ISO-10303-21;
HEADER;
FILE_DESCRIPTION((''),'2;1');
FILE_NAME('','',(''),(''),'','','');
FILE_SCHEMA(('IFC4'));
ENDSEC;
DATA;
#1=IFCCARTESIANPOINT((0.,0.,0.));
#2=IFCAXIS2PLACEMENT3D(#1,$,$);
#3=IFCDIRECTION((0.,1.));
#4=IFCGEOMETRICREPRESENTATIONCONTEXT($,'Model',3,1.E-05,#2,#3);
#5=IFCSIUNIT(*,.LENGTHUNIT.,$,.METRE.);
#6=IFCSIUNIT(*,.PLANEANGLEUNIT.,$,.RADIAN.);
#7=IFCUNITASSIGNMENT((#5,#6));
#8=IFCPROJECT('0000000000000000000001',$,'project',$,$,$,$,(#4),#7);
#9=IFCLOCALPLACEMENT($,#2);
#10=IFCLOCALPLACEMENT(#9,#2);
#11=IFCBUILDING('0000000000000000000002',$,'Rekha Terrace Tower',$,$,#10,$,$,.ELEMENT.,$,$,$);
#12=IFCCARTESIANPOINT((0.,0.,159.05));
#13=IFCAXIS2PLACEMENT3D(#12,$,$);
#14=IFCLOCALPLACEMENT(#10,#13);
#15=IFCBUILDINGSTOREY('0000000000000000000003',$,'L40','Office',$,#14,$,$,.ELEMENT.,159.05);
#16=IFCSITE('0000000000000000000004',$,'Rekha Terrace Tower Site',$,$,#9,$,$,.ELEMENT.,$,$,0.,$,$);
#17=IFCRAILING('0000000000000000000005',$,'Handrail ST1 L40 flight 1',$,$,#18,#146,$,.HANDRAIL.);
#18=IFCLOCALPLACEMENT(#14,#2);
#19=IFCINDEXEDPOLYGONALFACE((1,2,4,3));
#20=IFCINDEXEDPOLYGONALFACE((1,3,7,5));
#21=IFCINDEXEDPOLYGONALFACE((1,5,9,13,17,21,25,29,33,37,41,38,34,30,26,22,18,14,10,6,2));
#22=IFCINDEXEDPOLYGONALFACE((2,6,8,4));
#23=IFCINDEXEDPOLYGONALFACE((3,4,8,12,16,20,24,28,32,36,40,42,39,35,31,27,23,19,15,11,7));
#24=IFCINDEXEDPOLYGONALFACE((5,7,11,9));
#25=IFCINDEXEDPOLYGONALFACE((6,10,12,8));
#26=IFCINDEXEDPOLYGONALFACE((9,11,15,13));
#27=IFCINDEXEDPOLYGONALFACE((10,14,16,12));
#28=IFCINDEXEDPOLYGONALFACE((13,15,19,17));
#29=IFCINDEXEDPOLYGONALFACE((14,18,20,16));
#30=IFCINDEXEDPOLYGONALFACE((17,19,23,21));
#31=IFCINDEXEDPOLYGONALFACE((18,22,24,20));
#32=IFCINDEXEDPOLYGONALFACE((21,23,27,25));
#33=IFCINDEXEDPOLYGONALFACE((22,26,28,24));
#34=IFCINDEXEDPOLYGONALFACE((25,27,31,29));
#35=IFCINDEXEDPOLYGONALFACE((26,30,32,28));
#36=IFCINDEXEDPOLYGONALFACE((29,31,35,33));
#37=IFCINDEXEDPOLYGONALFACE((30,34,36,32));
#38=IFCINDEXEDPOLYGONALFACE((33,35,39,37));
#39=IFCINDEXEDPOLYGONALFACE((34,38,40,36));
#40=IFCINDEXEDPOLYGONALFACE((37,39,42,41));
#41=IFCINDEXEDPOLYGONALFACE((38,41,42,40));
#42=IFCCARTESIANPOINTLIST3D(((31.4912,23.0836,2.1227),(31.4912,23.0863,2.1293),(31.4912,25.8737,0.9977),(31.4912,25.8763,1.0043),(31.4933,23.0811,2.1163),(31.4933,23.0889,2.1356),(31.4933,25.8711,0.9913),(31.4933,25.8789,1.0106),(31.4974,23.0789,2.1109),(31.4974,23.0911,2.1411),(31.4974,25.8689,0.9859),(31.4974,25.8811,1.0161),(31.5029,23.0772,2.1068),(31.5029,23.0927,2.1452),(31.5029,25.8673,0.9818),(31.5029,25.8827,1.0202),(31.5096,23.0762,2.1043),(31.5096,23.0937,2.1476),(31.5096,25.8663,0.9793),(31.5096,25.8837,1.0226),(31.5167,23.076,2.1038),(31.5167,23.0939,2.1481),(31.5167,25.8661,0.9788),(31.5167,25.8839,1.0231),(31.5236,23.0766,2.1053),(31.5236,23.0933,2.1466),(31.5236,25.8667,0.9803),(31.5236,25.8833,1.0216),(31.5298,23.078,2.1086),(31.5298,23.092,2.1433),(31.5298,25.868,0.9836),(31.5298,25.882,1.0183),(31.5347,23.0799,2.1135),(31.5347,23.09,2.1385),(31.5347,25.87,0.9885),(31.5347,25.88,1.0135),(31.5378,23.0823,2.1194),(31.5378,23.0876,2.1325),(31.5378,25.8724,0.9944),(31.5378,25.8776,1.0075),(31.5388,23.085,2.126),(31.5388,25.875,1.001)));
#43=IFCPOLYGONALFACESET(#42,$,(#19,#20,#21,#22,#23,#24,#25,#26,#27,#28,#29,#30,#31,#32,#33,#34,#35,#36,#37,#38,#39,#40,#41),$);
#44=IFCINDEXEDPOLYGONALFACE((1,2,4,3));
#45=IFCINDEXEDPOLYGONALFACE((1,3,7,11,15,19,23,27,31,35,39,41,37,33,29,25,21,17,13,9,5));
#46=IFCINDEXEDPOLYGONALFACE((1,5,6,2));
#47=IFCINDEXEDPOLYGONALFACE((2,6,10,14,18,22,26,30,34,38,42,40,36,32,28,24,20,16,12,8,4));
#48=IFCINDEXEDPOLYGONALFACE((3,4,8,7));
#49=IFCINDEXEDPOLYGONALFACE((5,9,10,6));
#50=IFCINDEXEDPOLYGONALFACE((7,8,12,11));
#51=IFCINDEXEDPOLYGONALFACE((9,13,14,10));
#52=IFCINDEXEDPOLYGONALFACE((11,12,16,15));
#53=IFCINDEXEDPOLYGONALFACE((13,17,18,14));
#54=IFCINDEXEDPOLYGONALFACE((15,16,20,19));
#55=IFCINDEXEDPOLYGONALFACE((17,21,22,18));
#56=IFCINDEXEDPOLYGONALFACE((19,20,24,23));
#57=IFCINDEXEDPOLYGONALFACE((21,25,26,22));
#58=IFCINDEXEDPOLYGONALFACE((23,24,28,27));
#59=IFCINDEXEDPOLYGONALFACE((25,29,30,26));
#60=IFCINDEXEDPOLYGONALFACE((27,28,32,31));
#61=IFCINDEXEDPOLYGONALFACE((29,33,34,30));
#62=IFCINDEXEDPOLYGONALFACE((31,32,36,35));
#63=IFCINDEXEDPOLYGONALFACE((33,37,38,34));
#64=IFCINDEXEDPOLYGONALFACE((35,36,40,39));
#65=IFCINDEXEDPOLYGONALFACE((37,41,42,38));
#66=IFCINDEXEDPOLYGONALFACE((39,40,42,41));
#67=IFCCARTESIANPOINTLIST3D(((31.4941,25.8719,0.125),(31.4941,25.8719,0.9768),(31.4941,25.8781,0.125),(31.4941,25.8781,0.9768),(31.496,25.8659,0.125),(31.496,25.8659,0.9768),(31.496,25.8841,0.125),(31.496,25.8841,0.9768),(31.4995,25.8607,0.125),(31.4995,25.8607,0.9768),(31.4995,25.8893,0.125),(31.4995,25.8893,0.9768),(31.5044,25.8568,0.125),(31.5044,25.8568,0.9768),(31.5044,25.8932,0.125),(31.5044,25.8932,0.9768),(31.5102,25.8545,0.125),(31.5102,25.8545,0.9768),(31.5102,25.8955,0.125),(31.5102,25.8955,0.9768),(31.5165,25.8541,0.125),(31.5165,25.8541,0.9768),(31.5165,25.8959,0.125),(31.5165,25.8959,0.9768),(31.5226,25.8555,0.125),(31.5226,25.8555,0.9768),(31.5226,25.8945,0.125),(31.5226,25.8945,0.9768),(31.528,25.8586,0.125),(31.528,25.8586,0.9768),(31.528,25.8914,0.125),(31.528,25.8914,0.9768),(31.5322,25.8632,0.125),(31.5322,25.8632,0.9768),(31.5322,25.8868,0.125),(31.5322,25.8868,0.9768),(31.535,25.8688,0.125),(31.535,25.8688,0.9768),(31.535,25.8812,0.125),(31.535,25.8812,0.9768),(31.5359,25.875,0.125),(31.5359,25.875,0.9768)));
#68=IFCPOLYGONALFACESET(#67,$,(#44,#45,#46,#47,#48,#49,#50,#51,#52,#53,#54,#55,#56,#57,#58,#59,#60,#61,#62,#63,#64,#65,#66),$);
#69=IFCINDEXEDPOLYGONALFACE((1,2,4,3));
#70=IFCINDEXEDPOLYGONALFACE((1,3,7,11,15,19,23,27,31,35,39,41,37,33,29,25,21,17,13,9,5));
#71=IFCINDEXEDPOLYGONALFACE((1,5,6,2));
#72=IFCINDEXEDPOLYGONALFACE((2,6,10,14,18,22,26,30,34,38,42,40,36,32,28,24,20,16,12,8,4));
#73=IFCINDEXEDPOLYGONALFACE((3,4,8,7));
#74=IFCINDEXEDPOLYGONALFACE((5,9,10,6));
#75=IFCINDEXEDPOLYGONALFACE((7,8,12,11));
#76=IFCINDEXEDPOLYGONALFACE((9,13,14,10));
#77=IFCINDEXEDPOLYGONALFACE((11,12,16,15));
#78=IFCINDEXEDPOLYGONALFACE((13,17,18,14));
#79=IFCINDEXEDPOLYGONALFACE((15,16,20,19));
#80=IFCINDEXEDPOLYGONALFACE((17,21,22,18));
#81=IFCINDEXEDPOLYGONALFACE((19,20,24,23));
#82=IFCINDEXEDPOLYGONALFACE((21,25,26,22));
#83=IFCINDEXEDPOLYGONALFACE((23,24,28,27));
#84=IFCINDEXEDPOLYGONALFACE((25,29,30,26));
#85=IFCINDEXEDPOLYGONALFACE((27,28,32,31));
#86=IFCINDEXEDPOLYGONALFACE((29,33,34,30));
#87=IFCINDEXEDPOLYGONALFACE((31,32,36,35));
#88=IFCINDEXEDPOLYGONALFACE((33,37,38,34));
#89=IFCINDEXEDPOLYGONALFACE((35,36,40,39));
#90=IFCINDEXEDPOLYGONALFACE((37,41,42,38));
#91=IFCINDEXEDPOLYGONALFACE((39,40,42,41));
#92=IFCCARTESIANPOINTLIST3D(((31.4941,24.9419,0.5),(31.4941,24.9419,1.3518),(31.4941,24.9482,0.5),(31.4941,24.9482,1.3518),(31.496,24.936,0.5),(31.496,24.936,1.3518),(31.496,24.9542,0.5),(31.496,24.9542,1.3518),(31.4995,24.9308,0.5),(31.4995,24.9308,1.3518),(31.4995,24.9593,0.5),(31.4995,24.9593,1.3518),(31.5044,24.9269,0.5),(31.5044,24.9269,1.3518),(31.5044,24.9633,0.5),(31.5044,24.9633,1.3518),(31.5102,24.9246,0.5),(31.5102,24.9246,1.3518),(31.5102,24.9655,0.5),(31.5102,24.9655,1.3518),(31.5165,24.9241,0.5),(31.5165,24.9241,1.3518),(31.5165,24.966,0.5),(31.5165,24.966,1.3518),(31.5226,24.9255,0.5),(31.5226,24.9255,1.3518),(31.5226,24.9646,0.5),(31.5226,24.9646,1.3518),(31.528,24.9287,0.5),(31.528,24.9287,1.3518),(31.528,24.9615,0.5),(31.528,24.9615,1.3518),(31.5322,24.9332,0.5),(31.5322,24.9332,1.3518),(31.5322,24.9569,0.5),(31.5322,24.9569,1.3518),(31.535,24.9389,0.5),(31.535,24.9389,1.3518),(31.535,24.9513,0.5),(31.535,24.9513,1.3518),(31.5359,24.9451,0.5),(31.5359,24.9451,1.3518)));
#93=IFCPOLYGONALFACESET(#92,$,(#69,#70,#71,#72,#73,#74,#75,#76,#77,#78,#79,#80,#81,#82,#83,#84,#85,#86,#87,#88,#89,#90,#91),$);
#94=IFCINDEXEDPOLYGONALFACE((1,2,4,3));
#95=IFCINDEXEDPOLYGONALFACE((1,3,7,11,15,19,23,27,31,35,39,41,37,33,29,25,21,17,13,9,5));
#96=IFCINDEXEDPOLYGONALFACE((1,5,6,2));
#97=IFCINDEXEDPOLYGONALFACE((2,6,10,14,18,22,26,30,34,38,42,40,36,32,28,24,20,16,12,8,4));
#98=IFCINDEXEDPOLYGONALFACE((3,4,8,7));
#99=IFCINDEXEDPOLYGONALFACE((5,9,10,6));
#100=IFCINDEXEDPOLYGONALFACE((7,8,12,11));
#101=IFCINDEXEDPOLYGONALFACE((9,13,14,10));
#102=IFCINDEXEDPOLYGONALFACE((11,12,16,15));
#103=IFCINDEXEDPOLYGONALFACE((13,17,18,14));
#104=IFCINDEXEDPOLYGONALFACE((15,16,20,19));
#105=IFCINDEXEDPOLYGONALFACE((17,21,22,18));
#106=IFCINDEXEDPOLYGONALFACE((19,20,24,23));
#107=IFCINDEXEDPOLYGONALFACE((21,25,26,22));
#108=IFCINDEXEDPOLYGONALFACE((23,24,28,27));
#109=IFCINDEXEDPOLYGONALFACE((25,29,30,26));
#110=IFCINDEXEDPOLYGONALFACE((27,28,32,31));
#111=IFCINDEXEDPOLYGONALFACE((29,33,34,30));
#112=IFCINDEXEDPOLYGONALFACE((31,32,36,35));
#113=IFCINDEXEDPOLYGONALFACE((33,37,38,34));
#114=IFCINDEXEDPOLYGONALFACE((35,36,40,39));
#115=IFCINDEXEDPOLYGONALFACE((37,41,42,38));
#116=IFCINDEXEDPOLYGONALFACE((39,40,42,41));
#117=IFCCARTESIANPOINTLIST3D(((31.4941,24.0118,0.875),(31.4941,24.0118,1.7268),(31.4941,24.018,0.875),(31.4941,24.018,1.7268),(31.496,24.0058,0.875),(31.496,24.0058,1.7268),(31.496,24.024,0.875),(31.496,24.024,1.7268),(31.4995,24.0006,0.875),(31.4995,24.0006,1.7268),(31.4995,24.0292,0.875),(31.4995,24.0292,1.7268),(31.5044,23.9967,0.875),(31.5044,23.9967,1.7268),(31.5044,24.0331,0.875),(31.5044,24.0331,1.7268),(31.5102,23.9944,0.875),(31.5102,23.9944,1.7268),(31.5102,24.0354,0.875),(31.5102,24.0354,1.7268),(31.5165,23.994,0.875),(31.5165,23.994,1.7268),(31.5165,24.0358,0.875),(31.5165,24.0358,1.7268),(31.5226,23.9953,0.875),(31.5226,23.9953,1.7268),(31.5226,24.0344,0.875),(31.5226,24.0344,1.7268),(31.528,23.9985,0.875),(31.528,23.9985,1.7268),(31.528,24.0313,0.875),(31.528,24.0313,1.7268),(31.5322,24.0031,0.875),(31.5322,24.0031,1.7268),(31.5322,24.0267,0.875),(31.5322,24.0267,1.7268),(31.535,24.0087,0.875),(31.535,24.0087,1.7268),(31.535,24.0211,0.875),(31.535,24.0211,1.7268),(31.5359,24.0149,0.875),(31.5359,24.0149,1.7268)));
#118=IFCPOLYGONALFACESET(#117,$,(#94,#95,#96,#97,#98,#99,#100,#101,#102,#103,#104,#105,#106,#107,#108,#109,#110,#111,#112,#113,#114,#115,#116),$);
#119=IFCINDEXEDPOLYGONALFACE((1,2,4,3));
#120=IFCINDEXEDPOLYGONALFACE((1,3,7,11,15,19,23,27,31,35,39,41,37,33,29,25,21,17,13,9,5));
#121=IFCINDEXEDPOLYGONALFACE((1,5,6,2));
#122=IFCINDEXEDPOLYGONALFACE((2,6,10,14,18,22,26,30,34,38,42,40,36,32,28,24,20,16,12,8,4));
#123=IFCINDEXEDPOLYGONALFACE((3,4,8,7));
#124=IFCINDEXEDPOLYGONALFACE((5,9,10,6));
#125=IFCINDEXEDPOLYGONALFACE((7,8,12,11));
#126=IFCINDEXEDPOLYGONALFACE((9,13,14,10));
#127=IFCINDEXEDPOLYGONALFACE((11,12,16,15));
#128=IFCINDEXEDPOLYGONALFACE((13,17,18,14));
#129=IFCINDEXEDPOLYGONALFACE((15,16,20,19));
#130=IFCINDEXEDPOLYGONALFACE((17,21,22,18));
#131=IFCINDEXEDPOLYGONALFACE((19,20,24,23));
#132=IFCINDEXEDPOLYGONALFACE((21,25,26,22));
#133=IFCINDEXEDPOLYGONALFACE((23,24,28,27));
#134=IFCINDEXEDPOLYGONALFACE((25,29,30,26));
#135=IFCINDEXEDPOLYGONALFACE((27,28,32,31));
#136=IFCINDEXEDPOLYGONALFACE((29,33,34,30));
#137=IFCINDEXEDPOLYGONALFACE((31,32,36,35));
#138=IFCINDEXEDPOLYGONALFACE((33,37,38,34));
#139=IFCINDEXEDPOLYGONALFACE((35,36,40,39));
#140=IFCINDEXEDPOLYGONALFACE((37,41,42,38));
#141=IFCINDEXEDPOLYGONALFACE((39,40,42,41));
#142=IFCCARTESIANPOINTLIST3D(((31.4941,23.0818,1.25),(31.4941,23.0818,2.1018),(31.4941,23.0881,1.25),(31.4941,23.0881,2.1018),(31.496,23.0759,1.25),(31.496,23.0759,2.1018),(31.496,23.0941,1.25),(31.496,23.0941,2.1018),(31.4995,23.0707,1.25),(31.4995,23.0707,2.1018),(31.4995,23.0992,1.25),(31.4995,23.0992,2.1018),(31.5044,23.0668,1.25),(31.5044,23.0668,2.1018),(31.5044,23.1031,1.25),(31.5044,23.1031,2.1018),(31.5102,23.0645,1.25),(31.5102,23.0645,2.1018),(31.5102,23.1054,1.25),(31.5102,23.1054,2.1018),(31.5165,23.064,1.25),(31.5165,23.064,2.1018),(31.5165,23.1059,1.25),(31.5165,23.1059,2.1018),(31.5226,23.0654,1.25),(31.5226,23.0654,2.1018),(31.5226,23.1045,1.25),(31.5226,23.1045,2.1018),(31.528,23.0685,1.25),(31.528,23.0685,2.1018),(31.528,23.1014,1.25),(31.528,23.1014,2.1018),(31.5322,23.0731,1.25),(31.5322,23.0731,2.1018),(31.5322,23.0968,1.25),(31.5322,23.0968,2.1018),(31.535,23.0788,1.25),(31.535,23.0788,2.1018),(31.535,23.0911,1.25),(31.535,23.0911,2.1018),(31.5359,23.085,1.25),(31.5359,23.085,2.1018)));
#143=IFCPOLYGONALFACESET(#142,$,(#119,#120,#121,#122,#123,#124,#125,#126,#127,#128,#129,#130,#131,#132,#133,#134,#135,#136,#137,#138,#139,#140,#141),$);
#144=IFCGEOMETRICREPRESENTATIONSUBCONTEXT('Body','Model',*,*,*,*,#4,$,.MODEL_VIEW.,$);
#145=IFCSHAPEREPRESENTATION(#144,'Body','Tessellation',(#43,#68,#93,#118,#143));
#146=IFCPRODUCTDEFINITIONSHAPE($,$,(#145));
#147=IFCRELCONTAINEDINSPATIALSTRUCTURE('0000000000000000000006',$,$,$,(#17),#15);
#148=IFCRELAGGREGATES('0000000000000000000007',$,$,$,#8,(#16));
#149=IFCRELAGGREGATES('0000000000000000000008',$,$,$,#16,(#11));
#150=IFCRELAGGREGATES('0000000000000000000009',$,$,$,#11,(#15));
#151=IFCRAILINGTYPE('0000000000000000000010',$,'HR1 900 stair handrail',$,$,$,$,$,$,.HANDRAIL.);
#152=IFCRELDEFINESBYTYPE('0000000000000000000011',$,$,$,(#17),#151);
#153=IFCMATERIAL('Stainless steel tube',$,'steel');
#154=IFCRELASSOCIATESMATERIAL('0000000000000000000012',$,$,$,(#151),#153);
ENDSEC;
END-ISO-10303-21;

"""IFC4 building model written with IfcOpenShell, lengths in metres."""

from ifc_helpers import new_model, si_unit, direction, frame, origin, origin_2d, place, context, subcontext, project, spatial, circle, extrude, material, type_object, element, save


model = new_model("IFC4")

# Units and contexts
model_context = context("Model", 3, precision=1e-05, world=origin(), true_north=direction((0.0, 1.0)))
body_context = subcontext(model_context, "Body", "Model", "MODEL_VIEW")
ifc_project = project(units=[si_unit("LENGTHUNIT", "METRE"), si_unit("PLANEANGLEUNIT", "RADIAN")], contexts=[model_context])

# Site, building, storey
site_placement = place(None, origin())
site = spatial("IfcSite", under=ifc_project, at=site_placement, Name="Rekha Terrace Tower Site", CompositionType="ELEMENT", RefElevation=0.0)
building_placement = place(site_placement, origin())
building = spatial("IfcBuilding", under=site, at=building_placement, Name="Rekha Terrace Tower", CompositionType="ELEMENT")
storey_placement = place(building_placement, frame((0.0, 0.0, 159.05)))
storey = spatial("IfcBuildingStorey", under=building, at=storey_placement, Name="L40", Description="Office", CompositionType="ELEMENT", Elevation=159.05)

# Railing
ifc_material_1 = material(Name="Stainless steel tube", Category="steel")
railing_type_1 = type_object("IfcRailingType", Name="HR1 900 stair handrail", PredefinedType="HANDRAIL", material=ifc_material_1)
railing_1_placement = place(storey_placement, frame((31.5149, 25.875, 0.125)))
element("IfcRailing", 1, at=railing_1_placement, inside=storey, type_object=railing_type_1, Name="Handrail ST1 L40 flight 1", PredefinedType="HANDRAIL", context=body_context, shape_type="SweptSolid", body=[
    extrude(circle(Radius=0.0239, at=origin_2d()), frame((0.0, 0.0, 0.876), z_axis=(0.0, -0.927443, 0.373964), x_axis=(1.0, 0.0, 0.0)), (0.0, 0.0, 1.0), 3.0083),
    extrude(circle(Radius=0.021, at=origin_2d()), origin(), (0.0, 0.0, 1.0), 0.8518),
    extrude(circle(Radius=0.021, at=origin_2d()), frame((0.0, -0.9299, 0.375)), (0.0, 0.0, 1.0), 0.8518),
    extrude(circle(Radius=0.021, at=origin_2d()), frame((0.0, -1.8601, 0.75)), (0.0, 0.0, 1.0), 0.8518),
    extrude(circle(Radius=0.021, at=origin_2d()), frame((0.0, -2.79, 1.125)), (0.0, 0.0, 1.0), 0.8518),
])

save(model, "model.ifc")
